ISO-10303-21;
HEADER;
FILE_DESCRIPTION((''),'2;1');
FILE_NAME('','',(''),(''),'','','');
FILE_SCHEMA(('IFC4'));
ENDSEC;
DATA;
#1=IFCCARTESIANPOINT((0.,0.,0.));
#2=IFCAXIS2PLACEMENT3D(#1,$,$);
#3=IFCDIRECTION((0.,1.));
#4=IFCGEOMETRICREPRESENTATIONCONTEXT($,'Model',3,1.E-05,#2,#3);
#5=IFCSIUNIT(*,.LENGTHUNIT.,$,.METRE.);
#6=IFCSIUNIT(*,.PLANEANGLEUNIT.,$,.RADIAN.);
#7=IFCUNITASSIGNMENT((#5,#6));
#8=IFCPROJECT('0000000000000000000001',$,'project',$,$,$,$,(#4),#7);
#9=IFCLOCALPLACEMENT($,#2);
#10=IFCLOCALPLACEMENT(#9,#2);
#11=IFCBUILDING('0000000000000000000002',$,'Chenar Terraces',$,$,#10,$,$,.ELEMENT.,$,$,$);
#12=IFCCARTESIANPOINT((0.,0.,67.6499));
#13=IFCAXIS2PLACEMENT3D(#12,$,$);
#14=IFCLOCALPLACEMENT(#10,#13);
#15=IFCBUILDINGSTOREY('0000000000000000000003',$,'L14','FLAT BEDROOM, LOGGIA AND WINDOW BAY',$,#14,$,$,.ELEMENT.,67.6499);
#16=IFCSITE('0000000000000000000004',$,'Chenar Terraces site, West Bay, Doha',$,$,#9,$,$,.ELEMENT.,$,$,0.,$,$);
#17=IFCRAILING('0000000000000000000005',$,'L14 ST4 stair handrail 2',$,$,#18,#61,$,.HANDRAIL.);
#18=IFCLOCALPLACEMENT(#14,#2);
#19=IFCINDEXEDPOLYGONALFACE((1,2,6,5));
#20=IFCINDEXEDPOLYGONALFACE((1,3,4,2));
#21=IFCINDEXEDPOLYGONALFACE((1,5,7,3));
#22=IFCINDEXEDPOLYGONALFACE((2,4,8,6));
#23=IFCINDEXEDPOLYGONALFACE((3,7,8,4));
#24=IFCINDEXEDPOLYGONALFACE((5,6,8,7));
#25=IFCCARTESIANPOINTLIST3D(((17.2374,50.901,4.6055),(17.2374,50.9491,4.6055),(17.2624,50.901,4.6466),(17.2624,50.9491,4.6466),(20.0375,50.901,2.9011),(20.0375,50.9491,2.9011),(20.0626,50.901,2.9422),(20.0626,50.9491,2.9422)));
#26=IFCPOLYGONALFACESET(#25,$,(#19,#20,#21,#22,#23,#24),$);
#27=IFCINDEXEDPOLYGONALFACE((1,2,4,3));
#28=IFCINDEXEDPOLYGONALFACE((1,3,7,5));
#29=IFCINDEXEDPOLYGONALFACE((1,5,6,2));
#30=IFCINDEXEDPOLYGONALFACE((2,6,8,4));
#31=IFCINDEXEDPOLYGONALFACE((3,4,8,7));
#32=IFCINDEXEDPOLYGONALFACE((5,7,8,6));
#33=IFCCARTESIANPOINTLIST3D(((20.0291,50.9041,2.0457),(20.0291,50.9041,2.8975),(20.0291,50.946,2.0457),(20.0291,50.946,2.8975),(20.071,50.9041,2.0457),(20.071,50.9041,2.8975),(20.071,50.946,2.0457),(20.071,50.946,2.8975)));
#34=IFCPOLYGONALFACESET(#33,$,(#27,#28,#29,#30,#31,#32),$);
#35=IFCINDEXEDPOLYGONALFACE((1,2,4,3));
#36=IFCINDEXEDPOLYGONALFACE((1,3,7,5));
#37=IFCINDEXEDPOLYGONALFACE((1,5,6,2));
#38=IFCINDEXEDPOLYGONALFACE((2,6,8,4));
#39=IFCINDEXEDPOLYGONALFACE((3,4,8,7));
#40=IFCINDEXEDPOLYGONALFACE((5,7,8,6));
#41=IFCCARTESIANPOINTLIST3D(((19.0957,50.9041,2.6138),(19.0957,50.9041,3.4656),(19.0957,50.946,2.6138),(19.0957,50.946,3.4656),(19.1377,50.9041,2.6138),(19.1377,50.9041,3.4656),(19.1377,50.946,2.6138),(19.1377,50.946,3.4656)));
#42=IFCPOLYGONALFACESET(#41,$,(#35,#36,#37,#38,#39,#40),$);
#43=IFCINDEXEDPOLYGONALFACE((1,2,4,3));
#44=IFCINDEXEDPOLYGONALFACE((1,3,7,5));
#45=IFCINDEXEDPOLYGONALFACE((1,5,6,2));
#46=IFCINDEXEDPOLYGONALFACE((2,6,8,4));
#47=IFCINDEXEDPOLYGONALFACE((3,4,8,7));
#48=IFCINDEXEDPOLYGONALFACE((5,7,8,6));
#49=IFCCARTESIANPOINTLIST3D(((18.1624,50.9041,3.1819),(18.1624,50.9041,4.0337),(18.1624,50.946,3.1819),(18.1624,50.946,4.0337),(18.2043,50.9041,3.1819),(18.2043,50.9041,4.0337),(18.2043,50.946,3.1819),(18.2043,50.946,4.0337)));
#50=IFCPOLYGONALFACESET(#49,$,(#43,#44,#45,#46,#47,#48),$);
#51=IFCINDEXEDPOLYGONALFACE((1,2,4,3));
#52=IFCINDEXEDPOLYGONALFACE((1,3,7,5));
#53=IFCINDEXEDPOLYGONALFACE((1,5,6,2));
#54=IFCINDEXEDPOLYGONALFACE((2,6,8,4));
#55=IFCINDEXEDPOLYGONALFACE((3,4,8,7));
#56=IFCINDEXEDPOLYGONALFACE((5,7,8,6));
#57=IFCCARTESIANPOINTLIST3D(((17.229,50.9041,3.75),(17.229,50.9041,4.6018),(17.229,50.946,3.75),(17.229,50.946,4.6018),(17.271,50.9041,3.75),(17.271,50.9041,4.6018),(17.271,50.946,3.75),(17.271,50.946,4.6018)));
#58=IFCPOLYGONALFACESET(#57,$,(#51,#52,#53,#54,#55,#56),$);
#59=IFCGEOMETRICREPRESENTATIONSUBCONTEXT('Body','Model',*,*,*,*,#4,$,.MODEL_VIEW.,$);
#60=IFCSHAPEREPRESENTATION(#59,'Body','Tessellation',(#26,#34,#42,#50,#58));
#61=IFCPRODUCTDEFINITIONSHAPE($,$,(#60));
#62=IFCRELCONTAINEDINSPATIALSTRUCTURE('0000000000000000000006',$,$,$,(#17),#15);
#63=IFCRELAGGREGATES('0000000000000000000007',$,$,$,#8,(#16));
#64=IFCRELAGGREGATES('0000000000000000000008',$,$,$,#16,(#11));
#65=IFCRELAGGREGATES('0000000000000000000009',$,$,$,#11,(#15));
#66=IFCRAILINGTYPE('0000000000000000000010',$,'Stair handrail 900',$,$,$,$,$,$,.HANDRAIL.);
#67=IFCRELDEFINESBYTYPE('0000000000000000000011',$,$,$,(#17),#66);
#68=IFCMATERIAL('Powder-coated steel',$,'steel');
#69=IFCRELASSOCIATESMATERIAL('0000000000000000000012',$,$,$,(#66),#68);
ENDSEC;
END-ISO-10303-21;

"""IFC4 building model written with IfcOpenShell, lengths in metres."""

from ifc_helpers import new_model, si_unit, direction, frame, origin, origin_2d, place, context, subcontext, project, spatial, rectangle, extrude, material, type_object, element, save


model = new_model("IFC4")

# Units and contexts
model_context = context("Model", 3, precision=1e-05, world=origin(), true_north=direction((0.0, 1.0)))
body_context = subcontext(model_context, "Body", "Model", "MODEL_VIEW")
ifc_project = project(units=[si_unit("LENGTHUNIT", "METRE"), si_unit("PLANEANGLEUNIT", "RADIAN")], contexts=[model_context])

# Site, building, storey
site_placement = place(None, origin())
site = spatial("IfcSite", under=ifc_project, at=site_placement, Name="Chenar Terraces site, West Bay, Doha", CompositionType="ELEMENT", RefElevation=0.0)
building_placement = place(site_placement, origin())
building = spatial("IfcBuilding", under=site, at=building_placement, Name="Chenar Terraces", CompositionType="ELEMENT")
storey_placement = place(building_placement, frame((0.0, 0.0, 67.6499)))
storey = spatial("IfcBuildingStorey", under=building, at=storey_placement, Name="L14", Description="FLAT BEDROOM, LOGGIA AND WINDOW BAY", CompositionType="ELEMENT", Elevation=67.6499)

# Railing
ifc_material_1 = material(Name="Powder-coated steel", Category="steel")
railing_type_1 = type_object("IfcRailingType", Name="Stair handrail 900", PredefinedType="HANDRAIL", material=ifc_material_1)
railing_1_placement = place(storey_placement, frame((20.05, 50.925, 2.0457)))
element("IfcRailing", 1, at=railing_1_placement, inside=storey, type_object=railing_type_1, Name="L14 ST4 stair handrail 2", PredefinedType="HANDRAIL", context=body_context, shape_type="SweptSolid", body=[
    extrude(rectangle(XDim=0.0481, YDim=0.0481, at=origin_2d()), frame((0.0, 0.0, 0.876), z_axis=(-0.854203, 0.0, 0.51994), x_axis=(0.0, -1.0, 0.0)), (0.0, 0.0, 1.0), 3.2781),
    extrude(rectangle(XDim=0.042, YDim=0.042, at=origin_2d()), origin(), (0.0, 0.0, 1.0), 0.8518),
    extrude(rectangle(XDim=0.042, YDim=0.042, at=origin_2d()), frame((-0.9333, 0.0, 0.5681)), (0.0, 0.0, 1.0), 0.8518),
    extrude(rectangle(XDim=0.042, YDim=0.042, at=origin_2d()), frame((-1.8667, 0.0, 1.1362)), (0.0, 0.0, 1.0), 0.8518),
    extrude(rectangle(XDim=0.042, YDim=0.042, at=origin_2d()), frame((-2.8, 0.0, 1.7043)), (0.0, 0.0, 1.0), 0.8518),
])

save(model, "model.ifc")
